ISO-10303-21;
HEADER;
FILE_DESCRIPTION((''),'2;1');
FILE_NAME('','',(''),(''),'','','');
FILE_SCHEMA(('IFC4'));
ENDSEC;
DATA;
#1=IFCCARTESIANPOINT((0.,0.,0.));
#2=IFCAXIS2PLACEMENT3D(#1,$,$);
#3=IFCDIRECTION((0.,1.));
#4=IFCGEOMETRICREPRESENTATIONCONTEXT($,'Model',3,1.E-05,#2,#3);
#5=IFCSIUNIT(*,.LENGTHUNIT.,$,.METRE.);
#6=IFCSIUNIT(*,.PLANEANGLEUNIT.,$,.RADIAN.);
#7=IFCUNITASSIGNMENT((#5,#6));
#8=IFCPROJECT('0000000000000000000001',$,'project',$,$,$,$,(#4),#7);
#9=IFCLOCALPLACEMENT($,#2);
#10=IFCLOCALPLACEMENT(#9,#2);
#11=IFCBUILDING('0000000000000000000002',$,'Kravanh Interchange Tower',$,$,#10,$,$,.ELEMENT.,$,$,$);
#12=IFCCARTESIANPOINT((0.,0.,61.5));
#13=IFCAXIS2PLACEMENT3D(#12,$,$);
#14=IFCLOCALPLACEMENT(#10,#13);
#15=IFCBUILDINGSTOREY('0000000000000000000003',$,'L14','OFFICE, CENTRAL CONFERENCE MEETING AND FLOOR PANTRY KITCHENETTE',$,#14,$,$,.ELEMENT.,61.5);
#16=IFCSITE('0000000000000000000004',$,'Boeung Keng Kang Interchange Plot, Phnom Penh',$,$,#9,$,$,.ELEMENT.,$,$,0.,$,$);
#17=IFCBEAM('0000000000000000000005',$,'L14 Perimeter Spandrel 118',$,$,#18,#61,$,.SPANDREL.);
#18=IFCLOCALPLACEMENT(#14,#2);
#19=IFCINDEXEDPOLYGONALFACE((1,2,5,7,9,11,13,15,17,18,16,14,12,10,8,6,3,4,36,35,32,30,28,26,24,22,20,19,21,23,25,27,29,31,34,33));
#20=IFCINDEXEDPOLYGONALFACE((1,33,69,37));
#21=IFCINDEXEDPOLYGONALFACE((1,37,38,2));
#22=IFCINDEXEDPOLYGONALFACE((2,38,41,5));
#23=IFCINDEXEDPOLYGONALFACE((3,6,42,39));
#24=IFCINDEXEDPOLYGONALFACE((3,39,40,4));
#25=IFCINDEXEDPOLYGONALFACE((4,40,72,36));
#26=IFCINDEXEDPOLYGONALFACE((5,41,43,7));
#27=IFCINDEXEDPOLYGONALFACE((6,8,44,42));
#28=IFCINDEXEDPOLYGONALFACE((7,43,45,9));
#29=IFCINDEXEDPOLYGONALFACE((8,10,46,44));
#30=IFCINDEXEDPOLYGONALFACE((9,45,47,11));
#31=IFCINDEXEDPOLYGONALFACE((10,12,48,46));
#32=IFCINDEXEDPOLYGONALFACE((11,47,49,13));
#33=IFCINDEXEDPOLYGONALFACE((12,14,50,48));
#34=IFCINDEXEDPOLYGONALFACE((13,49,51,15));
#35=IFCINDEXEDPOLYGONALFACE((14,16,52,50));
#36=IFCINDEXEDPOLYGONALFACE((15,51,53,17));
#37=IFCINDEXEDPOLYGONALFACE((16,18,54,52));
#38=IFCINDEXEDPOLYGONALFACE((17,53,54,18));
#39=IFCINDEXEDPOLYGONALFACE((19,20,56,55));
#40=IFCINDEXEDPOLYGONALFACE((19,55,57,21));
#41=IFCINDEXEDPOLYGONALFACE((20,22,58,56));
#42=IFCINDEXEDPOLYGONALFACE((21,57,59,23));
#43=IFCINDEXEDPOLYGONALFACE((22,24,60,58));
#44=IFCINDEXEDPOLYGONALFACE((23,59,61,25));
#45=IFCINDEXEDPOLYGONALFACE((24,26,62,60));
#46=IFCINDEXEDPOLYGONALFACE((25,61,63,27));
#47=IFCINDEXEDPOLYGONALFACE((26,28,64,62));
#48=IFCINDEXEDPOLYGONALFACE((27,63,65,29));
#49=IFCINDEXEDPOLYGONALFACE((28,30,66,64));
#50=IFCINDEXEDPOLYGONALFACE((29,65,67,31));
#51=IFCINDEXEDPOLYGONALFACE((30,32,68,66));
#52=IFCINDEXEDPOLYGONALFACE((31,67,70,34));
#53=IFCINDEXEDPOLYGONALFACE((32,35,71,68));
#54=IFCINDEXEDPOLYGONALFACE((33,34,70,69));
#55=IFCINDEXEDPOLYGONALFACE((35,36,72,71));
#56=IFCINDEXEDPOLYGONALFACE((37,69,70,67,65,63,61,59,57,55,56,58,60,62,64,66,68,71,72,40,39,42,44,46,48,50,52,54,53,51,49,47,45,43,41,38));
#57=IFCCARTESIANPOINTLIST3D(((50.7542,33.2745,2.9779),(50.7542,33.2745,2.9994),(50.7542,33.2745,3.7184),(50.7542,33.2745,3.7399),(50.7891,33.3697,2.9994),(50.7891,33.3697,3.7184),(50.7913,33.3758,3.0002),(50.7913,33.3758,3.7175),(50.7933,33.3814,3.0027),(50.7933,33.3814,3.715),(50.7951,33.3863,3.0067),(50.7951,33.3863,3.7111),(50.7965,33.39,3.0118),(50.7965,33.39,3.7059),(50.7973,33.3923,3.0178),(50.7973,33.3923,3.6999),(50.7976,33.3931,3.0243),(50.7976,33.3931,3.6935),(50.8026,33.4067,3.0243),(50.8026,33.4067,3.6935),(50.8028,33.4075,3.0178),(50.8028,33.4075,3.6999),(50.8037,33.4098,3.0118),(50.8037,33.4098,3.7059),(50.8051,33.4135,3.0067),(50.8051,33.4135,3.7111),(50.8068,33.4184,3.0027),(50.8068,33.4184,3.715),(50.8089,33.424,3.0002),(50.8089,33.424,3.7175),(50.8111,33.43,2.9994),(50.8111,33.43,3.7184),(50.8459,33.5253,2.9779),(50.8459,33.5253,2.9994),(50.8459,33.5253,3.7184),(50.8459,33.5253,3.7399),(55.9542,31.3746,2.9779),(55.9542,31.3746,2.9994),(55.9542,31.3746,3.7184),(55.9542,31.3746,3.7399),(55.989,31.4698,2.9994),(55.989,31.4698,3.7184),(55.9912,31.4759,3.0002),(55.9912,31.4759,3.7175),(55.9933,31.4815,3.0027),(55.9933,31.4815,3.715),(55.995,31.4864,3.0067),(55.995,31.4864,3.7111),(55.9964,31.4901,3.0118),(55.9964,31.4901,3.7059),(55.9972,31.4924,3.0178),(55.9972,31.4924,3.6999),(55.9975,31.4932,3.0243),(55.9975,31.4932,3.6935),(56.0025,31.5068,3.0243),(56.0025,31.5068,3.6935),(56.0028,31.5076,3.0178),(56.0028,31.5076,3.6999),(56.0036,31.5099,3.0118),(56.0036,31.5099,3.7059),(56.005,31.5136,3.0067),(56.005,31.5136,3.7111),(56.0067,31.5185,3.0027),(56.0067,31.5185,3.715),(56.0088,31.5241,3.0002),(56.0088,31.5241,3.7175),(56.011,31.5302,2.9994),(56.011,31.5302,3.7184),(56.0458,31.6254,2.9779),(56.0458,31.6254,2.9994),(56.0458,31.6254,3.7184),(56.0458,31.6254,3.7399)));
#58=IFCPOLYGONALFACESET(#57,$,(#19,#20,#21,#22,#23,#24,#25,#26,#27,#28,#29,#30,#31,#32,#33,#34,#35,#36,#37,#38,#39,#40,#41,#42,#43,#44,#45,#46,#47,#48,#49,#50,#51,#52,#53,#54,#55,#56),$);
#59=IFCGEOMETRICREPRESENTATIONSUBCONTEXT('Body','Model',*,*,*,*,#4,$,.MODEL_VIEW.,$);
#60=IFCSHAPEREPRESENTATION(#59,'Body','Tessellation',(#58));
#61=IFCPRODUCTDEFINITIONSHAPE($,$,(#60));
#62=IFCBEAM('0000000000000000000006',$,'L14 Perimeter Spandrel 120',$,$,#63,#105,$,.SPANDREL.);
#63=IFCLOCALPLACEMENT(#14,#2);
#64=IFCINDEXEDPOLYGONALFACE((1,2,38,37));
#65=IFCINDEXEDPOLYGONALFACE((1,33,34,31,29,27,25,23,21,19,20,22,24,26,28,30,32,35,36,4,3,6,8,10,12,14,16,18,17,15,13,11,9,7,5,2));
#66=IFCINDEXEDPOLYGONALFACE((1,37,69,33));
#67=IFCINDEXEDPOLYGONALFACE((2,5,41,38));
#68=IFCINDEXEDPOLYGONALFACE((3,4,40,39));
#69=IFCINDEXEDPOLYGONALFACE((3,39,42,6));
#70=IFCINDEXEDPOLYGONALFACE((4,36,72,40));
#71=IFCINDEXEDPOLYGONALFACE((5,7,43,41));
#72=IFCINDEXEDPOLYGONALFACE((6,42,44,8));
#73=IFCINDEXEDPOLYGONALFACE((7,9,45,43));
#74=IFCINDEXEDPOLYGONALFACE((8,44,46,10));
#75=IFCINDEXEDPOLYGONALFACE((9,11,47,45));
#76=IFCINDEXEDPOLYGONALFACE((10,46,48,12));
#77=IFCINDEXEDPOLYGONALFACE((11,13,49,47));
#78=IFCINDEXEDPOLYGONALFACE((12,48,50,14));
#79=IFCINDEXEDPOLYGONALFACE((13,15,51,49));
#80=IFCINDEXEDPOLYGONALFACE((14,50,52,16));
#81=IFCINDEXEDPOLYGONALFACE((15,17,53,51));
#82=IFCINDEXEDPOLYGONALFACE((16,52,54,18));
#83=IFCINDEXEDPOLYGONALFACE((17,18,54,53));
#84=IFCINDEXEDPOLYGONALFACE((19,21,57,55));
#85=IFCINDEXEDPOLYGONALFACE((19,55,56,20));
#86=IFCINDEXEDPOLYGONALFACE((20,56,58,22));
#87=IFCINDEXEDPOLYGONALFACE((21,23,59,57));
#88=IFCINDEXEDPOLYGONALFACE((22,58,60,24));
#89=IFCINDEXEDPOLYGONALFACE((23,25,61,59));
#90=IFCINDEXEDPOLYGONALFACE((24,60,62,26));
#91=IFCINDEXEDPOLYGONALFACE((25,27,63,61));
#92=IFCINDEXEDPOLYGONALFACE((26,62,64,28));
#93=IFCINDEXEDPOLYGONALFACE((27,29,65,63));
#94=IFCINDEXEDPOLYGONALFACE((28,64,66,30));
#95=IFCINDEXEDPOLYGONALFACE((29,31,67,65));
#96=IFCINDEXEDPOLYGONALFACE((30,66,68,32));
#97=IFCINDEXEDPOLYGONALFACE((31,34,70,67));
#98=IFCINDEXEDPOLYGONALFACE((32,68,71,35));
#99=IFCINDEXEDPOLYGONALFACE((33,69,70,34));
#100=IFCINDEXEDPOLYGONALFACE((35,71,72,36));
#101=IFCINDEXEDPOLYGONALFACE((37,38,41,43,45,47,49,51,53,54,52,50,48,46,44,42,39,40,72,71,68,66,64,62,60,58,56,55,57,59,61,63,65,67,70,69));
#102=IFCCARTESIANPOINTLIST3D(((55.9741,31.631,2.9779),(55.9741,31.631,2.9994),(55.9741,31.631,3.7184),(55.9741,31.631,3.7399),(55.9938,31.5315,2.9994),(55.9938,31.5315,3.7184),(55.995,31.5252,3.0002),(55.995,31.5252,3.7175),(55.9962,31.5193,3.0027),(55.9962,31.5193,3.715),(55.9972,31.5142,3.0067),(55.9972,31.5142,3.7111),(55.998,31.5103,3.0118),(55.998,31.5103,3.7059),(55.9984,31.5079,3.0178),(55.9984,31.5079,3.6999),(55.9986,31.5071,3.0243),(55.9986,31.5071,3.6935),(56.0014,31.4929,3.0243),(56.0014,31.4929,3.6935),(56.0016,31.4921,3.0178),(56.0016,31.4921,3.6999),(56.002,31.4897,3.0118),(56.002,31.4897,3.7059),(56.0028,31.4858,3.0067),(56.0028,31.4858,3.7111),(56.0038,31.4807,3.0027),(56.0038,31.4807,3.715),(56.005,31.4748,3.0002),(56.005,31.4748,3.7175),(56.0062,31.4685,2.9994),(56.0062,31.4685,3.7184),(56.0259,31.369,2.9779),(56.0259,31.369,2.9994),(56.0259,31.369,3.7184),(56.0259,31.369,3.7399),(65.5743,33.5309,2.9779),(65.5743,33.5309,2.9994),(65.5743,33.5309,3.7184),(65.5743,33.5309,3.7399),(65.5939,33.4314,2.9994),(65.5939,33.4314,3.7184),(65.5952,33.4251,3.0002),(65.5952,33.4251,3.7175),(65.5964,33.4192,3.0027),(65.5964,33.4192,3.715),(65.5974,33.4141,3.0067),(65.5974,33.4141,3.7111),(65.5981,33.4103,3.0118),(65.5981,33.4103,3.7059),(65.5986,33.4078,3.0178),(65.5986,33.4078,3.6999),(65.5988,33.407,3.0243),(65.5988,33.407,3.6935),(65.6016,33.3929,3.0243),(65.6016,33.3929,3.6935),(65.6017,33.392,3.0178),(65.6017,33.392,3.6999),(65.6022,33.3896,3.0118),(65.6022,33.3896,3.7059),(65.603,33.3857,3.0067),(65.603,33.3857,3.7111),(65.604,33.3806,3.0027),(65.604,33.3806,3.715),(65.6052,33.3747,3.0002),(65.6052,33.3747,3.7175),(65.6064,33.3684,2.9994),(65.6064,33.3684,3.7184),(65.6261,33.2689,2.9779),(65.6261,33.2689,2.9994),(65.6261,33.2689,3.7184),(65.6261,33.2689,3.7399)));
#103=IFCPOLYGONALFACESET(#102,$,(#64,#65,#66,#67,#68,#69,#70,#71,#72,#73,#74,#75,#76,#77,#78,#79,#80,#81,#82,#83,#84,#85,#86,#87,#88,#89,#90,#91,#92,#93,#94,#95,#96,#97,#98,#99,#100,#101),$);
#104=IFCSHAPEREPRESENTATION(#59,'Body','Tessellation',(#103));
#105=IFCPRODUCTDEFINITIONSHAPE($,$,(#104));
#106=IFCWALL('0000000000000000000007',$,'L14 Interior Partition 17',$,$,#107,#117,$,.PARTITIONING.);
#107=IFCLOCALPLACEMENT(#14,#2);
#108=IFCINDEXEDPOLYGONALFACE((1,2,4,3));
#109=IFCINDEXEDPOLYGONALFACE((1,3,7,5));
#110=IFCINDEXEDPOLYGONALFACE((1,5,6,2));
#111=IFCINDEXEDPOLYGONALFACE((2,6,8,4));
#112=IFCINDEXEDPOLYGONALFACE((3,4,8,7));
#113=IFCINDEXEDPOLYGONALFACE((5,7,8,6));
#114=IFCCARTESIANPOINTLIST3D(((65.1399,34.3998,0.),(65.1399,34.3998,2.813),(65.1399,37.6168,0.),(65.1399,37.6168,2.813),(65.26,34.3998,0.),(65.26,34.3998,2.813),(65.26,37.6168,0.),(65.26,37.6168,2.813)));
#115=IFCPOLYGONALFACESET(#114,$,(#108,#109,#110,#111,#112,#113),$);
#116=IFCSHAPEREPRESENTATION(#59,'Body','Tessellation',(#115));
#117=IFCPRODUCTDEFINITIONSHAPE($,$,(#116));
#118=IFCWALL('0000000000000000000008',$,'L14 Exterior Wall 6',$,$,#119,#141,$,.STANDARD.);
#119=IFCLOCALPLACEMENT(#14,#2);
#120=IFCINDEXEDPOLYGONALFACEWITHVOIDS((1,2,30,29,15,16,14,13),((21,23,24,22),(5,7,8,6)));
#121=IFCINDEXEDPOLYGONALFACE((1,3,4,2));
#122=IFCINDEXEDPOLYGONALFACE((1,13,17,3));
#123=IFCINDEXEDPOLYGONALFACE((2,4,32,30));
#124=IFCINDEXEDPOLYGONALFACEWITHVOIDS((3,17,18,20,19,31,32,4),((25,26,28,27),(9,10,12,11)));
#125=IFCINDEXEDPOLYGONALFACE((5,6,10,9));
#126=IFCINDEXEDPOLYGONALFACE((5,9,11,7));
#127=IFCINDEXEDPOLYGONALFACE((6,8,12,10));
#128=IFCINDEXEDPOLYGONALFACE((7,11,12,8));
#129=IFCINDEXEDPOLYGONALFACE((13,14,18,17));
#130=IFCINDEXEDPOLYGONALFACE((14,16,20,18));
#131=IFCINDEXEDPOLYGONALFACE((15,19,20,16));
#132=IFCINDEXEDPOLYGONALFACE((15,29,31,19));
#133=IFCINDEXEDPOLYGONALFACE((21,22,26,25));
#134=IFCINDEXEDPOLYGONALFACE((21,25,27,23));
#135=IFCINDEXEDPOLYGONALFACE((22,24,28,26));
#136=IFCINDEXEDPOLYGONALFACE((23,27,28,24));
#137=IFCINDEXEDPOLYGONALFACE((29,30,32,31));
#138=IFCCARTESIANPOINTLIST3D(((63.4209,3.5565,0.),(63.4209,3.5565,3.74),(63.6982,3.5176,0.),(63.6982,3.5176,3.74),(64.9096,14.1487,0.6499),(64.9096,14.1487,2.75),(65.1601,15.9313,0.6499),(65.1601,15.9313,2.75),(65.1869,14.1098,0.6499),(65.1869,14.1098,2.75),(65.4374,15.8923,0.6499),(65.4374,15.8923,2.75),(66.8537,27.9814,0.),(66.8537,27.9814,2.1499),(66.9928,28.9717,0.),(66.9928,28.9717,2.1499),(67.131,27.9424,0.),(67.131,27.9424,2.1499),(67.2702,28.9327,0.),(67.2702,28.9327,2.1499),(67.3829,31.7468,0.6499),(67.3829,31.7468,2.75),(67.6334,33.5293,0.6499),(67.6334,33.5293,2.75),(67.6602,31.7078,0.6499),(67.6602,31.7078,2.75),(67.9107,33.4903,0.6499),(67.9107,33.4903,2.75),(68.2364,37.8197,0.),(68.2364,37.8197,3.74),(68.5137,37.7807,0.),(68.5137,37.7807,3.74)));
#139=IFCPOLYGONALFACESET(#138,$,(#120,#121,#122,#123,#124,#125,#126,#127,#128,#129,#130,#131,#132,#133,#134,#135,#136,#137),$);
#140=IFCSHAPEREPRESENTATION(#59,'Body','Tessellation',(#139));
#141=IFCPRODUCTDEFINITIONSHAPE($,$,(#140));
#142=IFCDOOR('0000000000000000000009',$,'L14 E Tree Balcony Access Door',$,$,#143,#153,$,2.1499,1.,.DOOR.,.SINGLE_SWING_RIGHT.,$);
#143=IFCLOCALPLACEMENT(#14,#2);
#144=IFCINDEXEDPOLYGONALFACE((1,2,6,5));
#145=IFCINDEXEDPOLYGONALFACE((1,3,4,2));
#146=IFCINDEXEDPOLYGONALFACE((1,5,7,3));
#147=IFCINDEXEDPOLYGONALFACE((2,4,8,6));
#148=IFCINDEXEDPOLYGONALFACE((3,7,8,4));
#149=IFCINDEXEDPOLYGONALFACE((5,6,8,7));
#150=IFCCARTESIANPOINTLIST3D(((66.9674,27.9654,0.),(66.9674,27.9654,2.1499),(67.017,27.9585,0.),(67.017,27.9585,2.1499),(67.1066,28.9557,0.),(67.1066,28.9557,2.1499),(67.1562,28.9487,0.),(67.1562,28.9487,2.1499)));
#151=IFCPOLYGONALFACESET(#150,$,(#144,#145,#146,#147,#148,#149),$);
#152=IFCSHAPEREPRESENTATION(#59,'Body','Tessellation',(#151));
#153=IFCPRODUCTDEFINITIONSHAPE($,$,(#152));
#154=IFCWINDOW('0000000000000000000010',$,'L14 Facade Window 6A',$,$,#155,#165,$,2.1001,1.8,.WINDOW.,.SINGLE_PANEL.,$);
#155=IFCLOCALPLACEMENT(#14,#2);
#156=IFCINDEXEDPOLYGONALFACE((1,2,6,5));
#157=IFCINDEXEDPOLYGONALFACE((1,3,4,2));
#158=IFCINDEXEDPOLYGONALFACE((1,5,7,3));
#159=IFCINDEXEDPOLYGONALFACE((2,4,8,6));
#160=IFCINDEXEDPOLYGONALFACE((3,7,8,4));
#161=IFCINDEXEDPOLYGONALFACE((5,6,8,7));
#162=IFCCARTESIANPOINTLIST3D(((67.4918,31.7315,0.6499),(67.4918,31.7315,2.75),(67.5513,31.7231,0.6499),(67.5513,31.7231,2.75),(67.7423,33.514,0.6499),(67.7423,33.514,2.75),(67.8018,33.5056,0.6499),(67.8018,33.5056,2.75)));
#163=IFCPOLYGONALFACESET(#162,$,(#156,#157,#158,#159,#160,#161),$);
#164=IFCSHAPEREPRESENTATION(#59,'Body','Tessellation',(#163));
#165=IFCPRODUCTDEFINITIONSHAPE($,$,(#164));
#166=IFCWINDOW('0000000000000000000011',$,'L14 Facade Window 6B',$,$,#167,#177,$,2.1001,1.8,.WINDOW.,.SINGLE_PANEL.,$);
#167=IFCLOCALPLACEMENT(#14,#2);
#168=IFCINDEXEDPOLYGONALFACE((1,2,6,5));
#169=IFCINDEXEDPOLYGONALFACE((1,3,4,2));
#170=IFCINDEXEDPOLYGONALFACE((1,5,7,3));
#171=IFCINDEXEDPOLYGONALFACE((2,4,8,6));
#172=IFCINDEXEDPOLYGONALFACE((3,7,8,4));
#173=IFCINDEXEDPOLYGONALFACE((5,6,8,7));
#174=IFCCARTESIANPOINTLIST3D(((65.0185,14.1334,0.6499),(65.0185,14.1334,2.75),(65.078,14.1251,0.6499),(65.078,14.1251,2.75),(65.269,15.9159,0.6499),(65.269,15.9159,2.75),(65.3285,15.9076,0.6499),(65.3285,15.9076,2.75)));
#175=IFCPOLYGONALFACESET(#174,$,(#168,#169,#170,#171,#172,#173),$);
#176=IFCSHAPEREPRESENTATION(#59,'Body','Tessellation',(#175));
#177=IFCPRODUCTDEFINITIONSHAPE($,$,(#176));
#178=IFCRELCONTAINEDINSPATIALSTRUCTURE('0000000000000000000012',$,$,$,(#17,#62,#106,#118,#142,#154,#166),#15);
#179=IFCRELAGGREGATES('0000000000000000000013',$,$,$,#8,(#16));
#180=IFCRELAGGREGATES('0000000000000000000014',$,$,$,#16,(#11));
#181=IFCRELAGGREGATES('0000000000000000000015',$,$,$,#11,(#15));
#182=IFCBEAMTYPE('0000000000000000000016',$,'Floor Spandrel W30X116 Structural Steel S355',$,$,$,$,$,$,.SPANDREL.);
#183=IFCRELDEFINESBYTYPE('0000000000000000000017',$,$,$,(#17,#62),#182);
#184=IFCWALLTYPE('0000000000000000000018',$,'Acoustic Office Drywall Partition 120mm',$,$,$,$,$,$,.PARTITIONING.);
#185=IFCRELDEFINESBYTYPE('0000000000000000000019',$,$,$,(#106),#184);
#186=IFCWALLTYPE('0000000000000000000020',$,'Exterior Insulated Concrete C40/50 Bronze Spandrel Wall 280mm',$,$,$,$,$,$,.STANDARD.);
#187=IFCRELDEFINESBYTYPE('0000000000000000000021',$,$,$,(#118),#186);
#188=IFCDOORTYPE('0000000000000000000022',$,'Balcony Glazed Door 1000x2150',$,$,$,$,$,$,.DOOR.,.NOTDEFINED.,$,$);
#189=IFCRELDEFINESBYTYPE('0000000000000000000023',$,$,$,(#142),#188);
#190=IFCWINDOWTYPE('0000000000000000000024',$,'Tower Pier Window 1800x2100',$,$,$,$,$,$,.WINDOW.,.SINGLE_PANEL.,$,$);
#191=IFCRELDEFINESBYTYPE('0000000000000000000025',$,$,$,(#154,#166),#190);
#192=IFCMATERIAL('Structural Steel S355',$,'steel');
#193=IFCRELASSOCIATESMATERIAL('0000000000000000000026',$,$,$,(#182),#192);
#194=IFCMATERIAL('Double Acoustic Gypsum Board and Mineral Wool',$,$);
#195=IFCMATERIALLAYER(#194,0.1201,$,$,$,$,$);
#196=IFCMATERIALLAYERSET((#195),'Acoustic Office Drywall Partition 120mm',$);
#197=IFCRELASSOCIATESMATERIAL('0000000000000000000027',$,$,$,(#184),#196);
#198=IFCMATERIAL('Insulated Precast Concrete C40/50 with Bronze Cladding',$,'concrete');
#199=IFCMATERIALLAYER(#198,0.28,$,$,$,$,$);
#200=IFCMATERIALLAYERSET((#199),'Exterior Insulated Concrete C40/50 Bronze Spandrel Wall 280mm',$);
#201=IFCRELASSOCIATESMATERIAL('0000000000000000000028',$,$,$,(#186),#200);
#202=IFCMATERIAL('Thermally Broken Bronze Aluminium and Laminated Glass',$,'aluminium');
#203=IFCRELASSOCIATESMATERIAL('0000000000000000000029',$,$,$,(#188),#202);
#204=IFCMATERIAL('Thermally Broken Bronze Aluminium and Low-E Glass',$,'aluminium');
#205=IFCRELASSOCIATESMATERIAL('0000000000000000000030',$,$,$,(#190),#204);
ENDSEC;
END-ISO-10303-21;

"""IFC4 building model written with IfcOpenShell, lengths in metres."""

from ifc_helpers import new_model, si_unit, direction, frame, frame_2d, origin, origin_2d, place, context, subcontext, project, spatial, rectangle, i_section, extrude, material, layer, layer_set, material_profile, profile_set, type_object, element, fill, save


model = new_model("IFC4")

# Units and contexts
model_context = context("Model", 3, precision=1e-05, world=origin(), true_north=direction((0.0, 1.0)))
body_context = subcontext(model_context, "Body", "Model", "MODEL_VIEW")
ifc_project = project(units=[si_unit("LENGTHUNIT", "METRE"), si_unit("PLANEANGLEUNIT", "RADIAN")], contexts=[model_context])

# Site, building, storey
site_placement = place(None, origin())
site = spatial("IfcSite", under=ifc_project, at=site_placement, Name="Boeung Keng Kang Interchange Plot, Phnom Penh", CompositionType="ELEMENT", RefElevation=0.0)
building_placement = place(site_placement, origin())
building = spatial("IfcBuilding", under=site, at=building_placement, Name="Kravanh Interchange Tower", CompositionType="ELEMENT")
storey_placement = place(building_placement, frame((0.0, 0.0, 61.5)))
storey = spatial("IfcBuildingStorey", under=building, at=storey_placement, Name="L14", Description="OFFICE, CENTRAL CONFERENCE MEETING AND FLOOR PANTRY KITCHENETTE", CompositionType="ELEMENT", Elevation=61.5)

# Beams
ifc_material_1 = material(Name="Structural Steel S355", Category="steel")
ifc_material_profile_1 = material_profile(ifc_material_1, i_section(OverallWidth=0.2671, OverallDepth=0.762, WebThickness=0.0144, FlangeThickness=0.0215, FilletRadius=0.0249, at=origin_2d()), Name="W30X116")
ifc_profile_set_1 = profile_set([ifc_material_profile_1], Name="Structural Steel S355")
beam_type_1 = type_object("IfcBeamType", Name="Floor Spandrel W30X116 Structural Steel S355", PredefinedType="SPANDREL", material=ifc_profile_set_1)
beam_1_placement = place(storey_placement, frame((56.0, 31.5, 3.3589), z_axis=(-0.93927, 0.34318, 0.0), x_axis=(-0.34318, -0.93927, 0.0)))
element("IfcBeam", 1, at=beam_1_placement, inside=storey, type_object=beam_type_1, Name="L14 Perimeter Spandrel 118", PredefinedType="SPANDREL", context=body_context, shape_type="SweptSolid", body=[
    extrude(i_section(OverallWidth=0.2671, OverallDepth=0.762, WebThickness=0.0144, FlangeThickness=0.0215, FilletRadius=0.0249, at=origin_2d()), origin(), (0.0, 0.0, 1.0), 5.5361),
])
beam_2_placement = place(storey_placement, frame((56.0, 31.5, 3.3589), z_axis=(0.980974, 0.194139, 0.0), x_axis=(-0.194139, 0.980974, 0.0)))
element("IfcBeam", 2, at=beam_2_placement, inside=storey, type_object=beam_type_1, Name="L14 Perimeter Spandrel 120", PredefinedType="SPANDREL", context=body_context, shape_type="SweptSolid", body=[
    extrude(i_section(OverallWidth=0.2671, OverallDepth=0.762, WebThickness=0.0144, FlangeThickness=0.0215, FilletRadius=0.0249, at=origin_2d()), origin(), (0.0, 0.0, 1.0), 9.7864),
])

# Wall
ifc_material_2 = material(Name="Double Acoustic Gypsum Board and Mineral Wool")
ifc_layer_1 = layer(ifc_material_2, 0.1201)
ifc_layer_set_1 = layer_set([ifc_layer_1], Name="Acoustic Office Drywall Partition 120mm")
wall_type_1 = type_object("IfcWallType", Name="Acoustic Office Drywall Partition 120mm", PredefinedType="PARTITIONING", material=ifc_layer_set_1)
wall_1_placement = place(storey_placement, frame((65.2, 34.3999, 0.0), z_axis=(0.0, 0.0, 1.0), x_axis=(0.0, 1.0, 0.0)))
element("IfcWall", 3, at=wall_1_placement, inside=storey, type_object=wall_type_1, Name="L14 Interior Partition 17", PredefinedType="PARTITIONING", context=body_context, shape_type="SweptSolid", body=[
    extrude(rectangle(XDim=3.217, YDim=0.1201, at=frame_2d((1.6084, 0.0))), origin(), (0.0, 0.0, 1.0), 2.813),
])

# Wall, openings, door, windows
ifc_material_3 = material(Name="Insulated Precast Concrete C40/50 with Bronze Cladding", Category="concrete")
ifc_layer_2 = layer(ifc_material_3, 0.28)
ifc_layer_set_2 = layer_set([ifc_layer_2], Name="Exterior Insulated Concrete C40/50 Bronze Spandrel Wall 280mm")
wall_type_2 = type_object("IfcWallType", Name="Exterior Insulated Concrete C40/50 Bronze Spandrel Wall 280mm", PredefinedType="STANDARD", material=ifc_layer_set_2)
wall_2_placement = place(storey_placement, frame((68.375, 37.8, 0.0), z_axis=(0.0, 0.0, 1.0), x_axis=(-0.139175, -0.990268, 0.0)))
wall_2 = element("IfcWall", 4, at=wall_2_placement, inside=storey, type_object=wall_type_2, Name="L14 Exterior Wall 6", PredefinedType="STANDARD", context=body_context, shape_type="SweptSolid", body=[
    extrude(rectangle(XDim=34.5999, YDim=0.28, at=frame_2d((17.2998, 0.0))), origin(), (0.0, 0.0, 1.0), 3.74),
])
opening_1_placement = place(wall_2_placement, frame((8.9348, 0.0, 0.0)))
opening_1 = element("IfcOpeningElement", 5, at=opening_1_placement, cuts=wall_2, PredefinedType="OPENING", context=body_context, shape_type="SweptSolid", body=[
    extrude(rectangle(XDim=1.0, YDim=2.1499, at=frame_2d((0.5, 1.075))), frame((0.0, 0.1499, 0.0), z_axis=(0.0, -1.0, 0.0), x_axis=(1.0, 0.0, 0.0)), (0.0, 0.0, 1.0), 0.3),
])
opening_2_placement = place(wall_2_placement, frame((4.3325, 0.0, 0.6499)))
opening_2 = element("IfcOpeningElement", 6, at=opening_2_placement, cuts=wall_2, PredefinedType="OPENING", context=body_context, shape_type="SweptSolid", body=[
    extrude(rectangle(XDim=1.8, YDim=2.1001, at=frame_2d((0.8999, 1.05))), frame((0.0, 0.1499, 0.0), z_axis=(0.0, -1.0, 0.0), x_axis=(1.0, 0.0, 0.0)), (0.0, 0.0, 1.0), 0.3),
])
opening_3_placement = place(wall_2_placement, frame((22.1035, 0.0, 0.6499)))
opening_3 = element("IfcOpeningElement", 7, at=opening_3_placement, cuts=wall_2, PredefinedType="OPENING", context=body_context, shape_type="SweptSolid", body=[
    extrude(rectangle(XDim=1.8, YDim=2.1001, at=frame_2d((0.8999, 1.05))), frame((0.0, 0.1499, 0.0), z_axis=(0.0, -1.0, 0.0), x_axis=(1.0, 0.0, 0.0)), (0.0, 0.0, 1.0), 0.3),
])
ifc_material_4 = material(Name="Thermally Broken Bronze Aluminium and Laminated Glass", Category="aluminium")
door_type = type_object("IfcDoorType", Name="Balcony Glazed Door 1000x2150", OperationType="NOTDEFINED", PredefinedType="DOOR", material=ifc_material_4)
door_placement = place(opening_1_placement, origin())
door = element("IfcDoor", 8, at=door_placement, inside=storey, type_object=door_type, Name="L14 E Tree Balcony Access Door", OperationType="SINGLE_SWING_RIGHT", OverallHeight=2.1499, OverallWidth=1.0, PredefinedType="DOOR", context=body_context, shape_type="SweptSolid", body=[
    extrude(rectangle(XDim=1.0, YDim=2.1499, at=frame_2d((0.5, 1.075))), frame((0.0, 0.0249, 0.0), z_axis=(0.0, -1.0, 0.0), x_axis=(1.0, 0.0, 0.0)), (0.0, 0.0, 1.0), 0.05),
])
fill(opening_1, door)
ifc_material_5 = material(Name="Thermally Broken Bronze Aluminium and Low-E Glass", Category="aluminium")
window_type = type_object("IfcWindowType", Name="Tower Pier Window 1800x2100", PartitioningType="SINGLE_PANEL", PredefinedType="WINDOW", material=ifc_material_5)
window_1_placement = place(opening_2_placement, origin())
window_1 = element("IfcWindow", 9, at=window_1_placement, inside=storey, type_object=window_type, Name="L14 Facade Window 6A", OverallHeight=2.1001, OverallWidth=1.8, PartitioningType="SINGLE_PANEL", PredefinedType="WINDOW", context=body_context, shape_type="SweptSolid", body=[
    extrude(rectangle(XDim=1.8, YDim=2.1001, at=frame_2d((0.8999, 1.05))), frame((0.0, 0.03, 0.0), z_axis=(0.0, -1.0, 0.0), x_axis=(1.0, 0.0, 0.0)), (0.0, 0.0, 1.0), 0.0601),
])
fill(opening_2, window_1)
window_2_placement = place(opening_3_placement, origin())
window_2 = element("IfcWindow", 10, at=window_2_placement, inside=storey, type_object=window_type, Name="L14 Facade Window 6B", OverallHeight=2.1001, OverallWidth=1.8, PartitioningType="SINGLE_PANEL", PredefinedType="WINDOW", context=body_context, shape_type="SweptSolid", body=[
    extrude(rectangle(XDim=1.8, YDim=2.1001, at=frame_2d((0.8999, 1.05))), frame((0.0, 0.03, 0.0), z_axis=(0.0, -1.0, 0.0), x_axis=(1.0, 0.0, 0.0)), (0.0, 0.0, 1.0), 0.0601),
])
fill(opening_3, window_2)

save(model, "model.ifc")
